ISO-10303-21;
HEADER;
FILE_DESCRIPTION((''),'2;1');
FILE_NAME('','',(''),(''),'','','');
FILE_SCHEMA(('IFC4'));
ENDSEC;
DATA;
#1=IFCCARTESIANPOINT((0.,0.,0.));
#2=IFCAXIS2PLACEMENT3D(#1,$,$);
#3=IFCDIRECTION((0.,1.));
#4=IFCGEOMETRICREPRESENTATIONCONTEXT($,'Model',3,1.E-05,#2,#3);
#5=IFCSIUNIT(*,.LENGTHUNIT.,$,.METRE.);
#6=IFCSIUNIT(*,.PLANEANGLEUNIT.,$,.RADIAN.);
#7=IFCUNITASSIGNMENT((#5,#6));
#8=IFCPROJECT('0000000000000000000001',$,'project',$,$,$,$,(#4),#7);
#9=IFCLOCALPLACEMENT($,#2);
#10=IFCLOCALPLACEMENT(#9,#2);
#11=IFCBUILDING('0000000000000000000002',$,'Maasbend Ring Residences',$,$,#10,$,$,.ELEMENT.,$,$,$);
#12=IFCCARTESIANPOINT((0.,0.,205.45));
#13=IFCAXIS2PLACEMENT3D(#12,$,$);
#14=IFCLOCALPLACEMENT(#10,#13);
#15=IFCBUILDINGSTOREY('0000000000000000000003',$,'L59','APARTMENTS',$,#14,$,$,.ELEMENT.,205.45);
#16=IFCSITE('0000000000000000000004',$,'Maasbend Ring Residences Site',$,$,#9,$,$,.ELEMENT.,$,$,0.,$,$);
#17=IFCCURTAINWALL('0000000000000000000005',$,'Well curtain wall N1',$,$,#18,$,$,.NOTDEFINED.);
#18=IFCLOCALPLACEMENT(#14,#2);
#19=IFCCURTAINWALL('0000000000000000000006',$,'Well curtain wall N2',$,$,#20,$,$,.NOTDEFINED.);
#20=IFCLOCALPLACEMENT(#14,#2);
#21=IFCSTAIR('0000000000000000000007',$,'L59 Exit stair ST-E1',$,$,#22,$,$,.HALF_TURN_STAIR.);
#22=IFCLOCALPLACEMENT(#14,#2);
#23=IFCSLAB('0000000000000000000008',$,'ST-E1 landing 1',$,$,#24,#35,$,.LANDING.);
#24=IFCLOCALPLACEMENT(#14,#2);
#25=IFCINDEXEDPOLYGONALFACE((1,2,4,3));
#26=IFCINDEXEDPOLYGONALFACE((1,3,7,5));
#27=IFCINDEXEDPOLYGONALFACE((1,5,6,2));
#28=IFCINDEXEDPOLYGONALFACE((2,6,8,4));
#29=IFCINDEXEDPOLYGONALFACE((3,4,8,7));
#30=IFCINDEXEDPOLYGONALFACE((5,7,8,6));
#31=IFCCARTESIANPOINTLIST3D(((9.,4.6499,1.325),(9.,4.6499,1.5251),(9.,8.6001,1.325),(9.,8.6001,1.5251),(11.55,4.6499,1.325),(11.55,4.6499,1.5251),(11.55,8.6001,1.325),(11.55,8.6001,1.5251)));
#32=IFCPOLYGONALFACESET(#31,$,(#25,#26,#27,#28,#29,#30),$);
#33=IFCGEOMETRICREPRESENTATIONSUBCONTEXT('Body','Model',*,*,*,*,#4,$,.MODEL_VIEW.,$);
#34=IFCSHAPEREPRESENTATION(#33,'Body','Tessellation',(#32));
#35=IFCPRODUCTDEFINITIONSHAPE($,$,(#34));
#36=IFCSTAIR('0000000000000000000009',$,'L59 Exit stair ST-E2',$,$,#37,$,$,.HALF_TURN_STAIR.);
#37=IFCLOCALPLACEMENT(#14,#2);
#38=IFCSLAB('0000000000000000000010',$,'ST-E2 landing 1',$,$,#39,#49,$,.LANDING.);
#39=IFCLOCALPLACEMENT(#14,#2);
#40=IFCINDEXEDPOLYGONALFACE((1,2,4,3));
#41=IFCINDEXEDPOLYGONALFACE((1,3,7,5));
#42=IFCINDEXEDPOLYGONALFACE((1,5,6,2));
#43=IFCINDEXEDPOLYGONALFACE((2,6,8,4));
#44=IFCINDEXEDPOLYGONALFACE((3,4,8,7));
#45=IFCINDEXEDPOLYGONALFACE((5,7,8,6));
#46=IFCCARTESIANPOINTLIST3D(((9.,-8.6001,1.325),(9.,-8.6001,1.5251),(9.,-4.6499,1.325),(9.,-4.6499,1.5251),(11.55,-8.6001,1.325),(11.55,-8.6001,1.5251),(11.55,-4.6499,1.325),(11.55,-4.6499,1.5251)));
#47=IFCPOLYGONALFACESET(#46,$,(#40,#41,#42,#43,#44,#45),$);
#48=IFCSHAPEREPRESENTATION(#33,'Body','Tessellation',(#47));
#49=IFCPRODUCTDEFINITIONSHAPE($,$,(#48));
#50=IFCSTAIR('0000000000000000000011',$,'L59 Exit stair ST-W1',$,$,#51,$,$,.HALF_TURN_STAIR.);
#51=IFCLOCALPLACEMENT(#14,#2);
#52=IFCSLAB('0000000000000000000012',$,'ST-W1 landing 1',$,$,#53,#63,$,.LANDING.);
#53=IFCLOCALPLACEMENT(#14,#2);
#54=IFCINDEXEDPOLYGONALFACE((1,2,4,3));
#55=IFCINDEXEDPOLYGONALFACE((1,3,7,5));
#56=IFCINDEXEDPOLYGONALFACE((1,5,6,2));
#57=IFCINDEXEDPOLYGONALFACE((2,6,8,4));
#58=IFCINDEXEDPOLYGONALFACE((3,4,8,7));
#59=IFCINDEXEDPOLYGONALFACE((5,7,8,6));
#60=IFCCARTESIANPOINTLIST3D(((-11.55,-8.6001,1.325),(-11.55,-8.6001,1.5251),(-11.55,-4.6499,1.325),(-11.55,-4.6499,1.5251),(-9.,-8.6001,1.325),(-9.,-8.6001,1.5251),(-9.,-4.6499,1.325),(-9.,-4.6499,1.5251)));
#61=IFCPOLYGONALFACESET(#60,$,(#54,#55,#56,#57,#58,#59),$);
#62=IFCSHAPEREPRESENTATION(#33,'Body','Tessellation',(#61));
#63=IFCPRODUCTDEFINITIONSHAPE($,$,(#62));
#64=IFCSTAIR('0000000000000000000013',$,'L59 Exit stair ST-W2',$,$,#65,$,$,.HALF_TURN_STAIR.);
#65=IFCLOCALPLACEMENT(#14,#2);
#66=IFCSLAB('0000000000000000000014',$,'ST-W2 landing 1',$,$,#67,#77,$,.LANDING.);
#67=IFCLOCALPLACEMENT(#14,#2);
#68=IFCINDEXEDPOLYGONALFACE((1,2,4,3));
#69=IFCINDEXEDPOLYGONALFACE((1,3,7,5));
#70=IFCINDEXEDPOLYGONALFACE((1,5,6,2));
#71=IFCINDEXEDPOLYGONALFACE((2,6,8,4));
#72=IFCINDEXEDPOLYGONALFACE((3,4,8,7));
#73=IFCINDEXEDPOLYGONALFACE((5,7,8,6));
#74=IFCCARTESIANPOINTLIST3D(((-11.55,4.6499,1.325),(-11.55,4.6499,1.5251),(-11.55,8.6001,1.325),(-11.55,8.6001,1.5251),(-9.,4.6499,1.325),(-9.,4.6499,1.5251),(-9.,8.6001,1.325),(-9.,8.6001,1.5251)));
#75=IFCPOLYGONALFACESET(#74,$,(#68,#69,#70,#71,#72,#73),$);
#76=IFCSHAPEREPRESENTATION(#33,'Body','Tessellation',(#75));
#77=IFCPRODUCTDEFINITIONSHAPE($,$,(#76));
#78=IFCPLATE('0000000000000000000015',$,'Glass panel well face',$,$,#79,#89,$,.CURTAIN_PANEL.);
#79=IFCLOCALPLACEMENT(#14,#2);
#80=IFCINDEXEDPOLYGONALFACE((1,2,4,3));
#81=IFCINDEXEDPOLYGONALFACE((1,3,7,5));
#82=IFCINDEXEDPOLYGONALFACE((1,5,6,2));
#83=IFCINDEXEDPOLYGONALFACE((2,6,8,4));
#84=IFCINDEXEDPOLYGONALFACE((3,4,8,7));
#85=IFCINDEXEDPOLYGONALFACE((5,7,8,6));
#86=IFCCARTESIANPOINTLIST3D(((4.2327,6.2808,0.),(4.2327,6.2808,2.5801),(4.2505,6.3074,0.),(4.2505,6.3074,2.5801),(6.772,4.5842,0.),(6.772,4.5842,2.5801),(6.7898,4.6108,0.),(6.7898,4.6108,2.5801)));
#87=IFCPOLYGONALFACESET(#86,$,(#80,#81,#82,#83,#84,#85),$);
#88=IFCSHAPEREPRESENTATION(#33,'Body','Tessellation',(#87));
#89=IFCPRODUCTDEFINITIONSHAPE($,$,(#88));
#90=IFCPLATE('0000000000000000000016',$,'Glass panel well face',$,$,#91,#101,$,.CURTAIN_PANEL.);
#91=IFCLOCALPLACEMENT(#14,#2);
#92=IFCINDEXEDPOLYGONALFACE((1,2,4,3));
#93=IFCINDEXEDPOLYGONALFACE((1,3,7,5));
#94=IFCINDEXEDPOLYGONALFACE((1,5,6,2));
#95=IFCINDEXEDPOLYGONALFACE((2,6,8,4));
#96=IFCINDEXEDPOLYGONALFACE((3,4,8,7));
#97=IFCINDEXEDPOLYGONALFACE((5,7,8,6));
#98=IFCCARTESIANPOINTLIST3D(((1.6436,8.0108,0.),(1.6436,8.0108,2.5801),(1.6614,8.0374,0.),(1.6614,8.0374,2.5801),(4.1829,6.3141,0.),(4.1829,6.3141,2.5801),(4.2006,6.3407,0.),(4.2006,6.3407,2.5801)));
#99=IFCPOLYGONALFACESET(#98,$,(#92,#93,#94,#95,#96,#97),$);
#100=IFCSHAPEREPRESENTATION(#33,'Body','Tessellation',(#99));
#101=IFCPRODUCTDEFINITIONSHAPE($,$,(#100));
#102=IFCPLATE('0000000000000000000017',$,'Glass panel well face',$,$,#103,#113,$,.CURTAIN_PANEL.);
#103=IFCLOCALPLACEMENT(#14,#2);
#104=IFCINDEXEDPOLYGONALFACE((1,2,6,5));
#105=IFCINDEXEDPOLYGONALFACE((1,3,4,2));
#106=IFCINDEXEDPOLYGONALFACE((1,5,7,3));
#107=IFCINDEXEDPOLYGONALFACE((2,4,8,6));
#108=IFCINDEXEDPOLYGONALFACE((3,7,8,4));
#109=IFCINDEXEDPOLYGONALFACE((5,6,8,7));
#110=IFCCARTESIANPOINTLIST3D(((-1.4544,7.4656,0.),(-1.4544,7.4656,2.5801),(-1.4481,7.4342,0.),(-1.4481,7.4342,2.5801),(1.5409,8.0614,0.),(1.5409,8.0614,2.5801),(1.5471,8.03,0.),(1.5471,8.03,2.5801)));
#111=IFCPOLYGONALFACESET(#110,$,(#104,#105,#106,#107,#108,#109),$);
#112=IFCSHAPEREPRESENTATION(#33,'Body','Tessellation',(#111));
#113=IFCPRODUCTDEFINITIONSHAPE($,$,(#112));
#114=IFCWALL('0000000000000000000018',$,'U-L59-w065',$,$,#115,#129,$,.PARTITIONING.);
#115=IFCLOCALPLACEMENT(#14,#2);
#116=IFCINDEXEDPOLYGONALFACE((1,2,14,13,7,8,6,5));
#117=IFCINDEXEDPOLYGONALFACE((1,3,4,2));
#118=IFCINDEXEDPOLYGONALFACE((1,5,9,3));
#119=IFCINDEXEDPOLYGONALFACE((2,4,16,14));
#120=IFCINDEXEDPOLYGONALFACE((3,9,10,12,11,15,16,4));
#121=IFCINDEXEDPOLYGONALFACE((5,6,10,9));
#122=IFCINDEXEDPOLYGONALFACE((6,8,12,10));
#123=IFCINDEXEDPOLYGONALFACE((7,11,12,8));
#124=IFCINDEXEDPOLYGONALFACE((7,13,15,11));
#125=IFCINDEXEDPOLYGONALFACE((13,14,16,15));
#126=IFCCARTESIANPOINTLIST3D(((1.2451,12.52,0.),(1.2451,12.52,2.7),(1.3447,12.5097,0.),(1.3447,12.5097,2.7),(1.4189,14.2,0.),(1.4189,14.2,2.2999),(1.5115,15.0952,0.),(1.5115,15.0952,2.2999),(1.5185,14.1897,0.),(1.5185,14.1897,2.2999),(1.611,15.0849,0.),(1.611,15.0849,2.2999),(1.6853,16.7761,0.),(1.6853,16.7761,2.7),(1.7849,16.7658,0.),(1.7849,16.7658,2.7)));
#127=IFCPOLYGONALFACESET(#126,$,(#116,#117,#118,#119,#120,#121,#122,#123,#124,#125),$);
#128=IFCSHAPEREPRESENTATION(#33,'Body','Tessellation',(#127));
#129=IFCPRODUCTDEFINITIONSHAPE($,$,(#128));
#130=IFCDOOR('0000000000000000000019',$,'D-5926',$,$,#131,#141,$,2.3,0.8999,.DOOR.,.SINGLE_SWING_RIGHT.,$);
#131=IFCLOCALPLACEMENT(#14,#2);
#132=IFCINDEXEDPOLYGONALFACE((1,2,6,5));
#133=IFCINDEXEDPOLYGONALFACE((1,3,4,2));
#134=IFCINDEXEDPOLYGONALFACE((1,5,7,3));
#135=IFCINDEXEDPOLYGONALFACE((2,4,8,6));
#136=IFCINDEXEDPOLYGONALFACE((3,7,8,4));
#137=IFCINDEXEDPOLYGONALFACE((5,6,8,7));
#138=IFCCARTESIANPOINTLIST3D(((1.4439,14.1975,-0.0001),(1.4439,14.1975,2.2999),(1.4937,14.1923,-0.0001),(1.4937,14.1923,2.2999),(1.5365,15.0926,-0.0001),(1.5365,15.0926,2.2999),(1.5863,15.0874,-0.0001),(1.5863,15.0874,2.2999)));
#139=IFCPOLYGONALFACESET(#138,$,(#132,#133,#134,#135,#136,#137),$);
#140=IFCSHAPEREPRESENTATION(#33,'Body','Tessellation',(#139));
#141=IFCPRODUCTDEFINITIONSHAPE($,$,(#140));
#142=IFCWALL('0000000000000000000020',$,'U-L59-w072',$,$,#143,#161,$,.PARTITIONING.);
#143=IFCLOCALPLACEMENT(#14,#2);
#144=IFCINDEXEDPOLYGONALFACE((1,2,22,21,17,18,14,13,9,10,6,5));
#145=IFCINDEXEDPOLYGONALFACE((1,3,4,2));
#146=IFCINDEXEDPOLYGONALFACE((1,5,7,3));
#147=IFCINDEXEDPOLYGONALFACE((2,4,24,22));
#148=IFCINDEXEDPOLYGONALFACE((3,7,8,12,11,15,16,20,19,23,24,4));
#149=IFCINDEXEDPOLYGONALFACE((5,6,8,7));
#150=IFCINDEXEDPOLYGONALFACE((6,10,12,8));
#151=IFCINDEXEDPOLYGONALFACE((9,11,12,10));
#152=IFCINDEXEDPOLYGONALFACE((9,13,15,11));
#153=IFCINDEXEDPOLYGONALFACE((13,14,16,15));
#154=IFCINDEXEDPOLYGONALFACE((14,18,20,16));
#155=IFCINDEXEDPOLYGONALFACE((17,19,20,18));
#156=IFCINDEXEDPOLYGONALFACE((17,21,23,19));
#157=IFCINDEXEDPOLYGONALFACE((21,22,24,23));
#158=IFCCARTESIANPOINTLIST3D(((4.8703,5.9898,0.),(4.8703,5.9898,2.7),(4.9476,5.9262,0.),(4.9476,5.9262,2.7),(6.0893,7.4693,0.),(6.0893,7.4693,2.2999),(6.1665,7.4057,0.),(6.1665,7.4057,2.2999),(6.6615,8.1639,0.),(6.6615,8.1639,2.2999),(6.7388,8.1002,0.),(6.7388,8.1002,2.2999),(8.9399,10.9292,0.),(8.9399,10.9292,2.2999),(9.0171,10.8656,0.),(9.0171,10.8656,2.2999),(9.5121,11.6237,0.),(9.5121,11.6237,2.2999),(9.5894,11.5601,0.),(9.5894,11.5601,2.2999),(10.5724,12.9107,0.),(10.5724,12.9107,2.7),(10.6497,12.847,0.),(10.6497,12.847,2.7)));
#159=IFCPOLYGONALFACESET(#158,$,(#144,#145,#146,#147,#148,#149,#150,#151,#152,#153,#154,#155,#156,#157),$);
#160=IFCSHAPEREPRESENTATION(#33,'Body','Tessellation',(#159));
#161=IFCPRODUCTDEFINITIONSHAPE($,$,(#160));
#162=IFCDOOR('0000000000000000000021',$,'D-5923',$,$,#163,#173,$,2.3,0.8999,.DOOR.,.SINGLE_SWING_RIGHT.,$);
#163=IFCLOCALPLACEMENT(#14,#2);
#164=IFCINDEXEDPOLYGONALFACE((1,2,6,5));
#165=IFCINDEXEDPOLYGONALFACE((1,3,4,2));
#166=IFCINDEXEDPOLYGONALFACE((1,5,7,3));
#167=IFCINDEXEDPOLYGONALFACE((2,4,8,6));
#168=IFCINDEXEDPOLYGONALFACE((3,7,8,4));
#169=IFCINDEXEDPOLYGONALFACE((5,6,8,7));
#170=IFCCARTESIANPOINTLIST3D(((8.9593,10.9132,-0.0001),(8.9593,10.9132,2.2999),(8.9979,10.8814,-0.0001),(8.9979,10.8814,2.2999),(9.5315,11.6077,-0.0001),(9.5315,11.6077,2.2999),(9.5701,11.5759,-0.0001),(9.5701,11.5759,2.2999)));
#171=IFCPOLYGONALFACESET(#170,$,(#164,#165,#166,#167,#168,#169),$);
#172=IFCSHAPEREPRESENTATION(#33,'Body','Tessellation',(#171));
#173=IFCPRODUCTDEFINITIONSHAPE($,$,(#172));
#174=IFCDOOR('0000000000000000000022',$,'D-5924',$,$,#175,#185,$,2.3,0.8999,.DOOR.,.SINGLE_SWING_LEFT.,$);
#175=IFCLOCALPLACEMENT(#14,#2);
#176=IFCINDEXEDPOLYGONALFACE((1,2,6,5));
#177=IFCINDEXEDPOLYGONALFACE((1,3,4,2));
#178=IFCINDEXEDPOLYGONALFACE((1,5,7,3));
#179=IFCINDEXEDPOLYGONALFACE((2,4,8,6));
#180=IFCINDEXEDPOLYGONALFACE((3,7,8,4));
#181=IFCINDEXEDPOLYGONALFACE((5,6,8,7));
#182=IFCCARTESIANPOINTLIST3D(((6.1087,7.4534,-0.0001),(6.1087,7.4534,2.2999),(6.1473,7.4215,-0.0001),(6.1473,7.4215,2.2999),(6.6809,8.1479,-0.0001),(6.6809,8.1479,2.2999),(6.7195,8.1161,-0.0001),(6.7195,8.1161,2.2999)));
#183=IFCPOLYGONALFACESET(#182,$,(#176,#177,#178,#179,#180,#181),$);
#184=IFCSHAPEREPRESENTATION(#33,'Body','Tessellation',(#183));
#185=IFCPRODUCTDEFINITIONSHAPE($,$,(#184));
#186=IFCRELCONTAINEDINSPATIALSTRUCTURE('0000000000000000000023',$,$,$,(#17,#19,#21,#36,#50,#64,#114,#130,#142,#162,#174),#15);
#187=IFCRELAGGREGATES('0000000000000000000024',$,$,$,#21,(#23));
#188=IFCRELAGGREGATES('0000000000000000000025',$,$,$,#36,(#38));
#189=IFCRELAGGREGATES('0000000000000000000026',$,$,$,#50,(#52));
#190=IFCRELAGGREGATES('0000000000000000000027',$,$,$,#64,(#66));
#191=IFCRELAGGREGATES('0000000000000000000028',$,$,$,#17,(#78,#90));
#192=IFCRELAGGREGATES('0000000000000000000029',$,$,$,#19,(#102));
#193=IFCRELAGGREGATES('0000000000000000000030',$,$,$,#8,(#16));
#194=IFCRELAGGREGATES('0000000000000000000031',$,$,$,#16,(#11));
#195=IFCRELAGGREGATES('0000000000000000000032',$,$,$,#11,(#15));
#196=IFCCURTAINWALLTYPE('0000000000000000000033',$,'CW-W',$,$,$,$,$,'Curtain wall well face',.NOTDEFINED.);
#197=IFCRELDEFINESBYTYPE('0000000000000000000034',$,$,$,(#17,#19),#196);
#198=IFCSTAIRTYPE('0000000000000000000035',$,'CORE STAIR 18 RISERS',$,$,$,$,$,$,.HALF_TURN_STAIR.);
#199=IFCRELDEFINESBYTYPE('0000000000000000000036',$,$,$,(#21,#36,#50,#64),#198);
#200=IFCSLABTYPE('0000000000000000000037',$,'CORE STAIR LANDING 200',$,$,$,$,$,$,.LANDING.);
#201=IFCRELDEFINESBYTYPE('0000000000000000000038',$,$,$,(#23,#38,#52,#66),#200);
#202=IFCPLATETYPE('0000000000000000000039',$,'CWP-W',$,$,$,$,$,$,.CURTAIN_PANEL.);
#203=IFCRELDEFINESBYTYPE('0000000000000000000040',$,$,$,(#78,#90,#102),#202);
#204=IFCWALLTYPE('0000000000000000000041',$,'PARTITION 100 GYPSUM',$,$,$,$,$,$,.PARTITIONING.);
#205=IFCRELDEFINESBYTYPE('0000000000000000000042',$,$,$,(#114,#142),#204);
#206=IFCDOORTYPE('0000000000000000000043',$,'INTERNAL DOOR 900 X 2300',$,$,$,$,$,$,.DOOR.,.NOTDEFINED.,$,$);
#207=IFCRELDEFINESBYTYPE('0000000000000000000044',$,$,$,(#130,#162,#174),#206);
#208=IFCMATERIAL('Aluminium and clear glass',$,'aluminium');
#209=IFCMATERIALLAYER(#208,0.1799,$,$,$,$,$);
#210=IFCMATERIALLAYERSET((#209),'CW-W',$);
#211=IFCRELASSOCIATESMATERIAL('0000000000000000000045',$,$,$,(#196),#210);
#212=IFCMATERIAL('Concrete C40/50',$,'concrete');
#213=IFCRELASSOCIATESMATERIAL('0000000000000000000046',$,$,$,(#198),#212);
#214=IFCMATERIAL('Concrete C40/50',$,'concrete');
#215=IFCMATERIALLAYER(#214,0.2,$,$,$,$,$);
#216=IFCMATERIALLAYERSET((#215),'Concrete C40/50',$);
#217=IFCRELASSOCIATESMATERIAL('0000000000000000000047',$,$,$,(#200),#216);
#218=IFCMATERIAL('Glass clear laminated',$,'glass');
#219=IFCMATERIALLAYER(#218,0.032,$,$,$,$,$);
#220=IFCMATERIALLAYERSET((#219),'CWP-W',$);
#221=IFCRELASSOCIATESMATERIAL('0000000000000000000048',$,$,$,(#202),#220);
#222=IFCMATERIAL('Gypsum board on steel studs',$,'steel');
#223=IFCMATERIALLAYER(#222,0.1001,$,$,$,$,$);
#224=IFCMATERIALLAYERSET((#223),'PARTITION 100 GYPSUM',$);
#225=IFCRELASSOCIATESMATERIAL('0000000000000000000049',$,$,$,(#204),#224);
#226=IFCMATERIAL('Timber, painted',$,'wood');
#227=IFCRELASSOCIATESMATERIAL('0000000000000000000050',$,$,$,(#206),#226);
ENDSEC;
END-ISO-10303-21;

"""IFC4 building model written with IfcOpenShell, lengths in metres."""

from ifc_helpers import new_model, si_unit, direction, frame, frame_2d, origin, origin_2d, place, context, subcontext, project, spatial, polyline, rectangle, outline, extrude, material, layer, layer_set, type_object, element, fill, aggregate, save


model = new_model("IFC4")

# Units and contexts
model_context = context("Model", 3, precision=1e-05, world=origin(), true_north=direction((0.0, 1.0)))
body_context = subcontext(model_context, "Body", "Model", "MODEL_VIEW")
ifc_project = project(units=[si_unit("LENGTHUNIT", "METRE"), si_unit("PLANEANGLEUNIT", "RADIAN")], contexts=[model_context])

# Site, building, storey
site_placement = place(None, origin())
site = spatial("IfcSite", under=ifc_project, at=site_placement, Name="Maasbend Ring Residences Site", CompositionType="ELEMENT", RefElevation=0.0)
building_placement = place(site_placement, origin())
building = spatial("IfcBuilding", under=site, at=building_placement, Name="Maasbend Ring Residences", CompositionType="ELEMENT")
storey_placement = place(building_placement, frame((0.0, 0.0, 205.45)))
storey = spatial("IfcBuildingStorey", under=building, at=storey_placement, Name="L59", Description="APARTMENTS", CompositionType="ELEMENT", Elevation=205.45)

# Curtain wall
ifc_material_1 = material(Name="Aluminium and clear glass", Category="aluminium")
ifc_layer_1 = layer(ifc_material_1, 0.1799)
ifc_layer_set_1 = layer_set([ifc_layer_1], Name="CW-W")
curtain_wall_type = type_object("IfcCurtainWallType", Name="CW-W", ElementType="Curtain wall well face", PredefinedType="NOTDEFINED", material=ifc_layer_set_1)
curtain_wall_1_placement = place(storey_placement, origin())
curtain_wall_1 = element("IfcCurtainWall", 1, at=curtain_wall_1_placement, inside=storey, type_object=curtain_wall_type, Name="Well curtain wall N1", PredefinedType="NOTDEFINED")

# Curtain wall
curtain_wall_2_placement = place(storey_placement, origin())
curtain_wall_2 = element("IfcCurtainWall", 2, at=curtain_wall_2_placement, inside=storey, type_object=curtain_wall_type, Name="Well curtain wall N2", PredefinedType="NOTDEFINED")

# Stairs, slabs
ifc_material_2 = material(Name="Concrete C40/50", Category="concrete")
stair_type = type_object("IfcStairType", Name="CORE STAIR 18 RISERS", PredefinedType="HALF_TURN_STAIR", material=ifc_material_2)
stair_1_placement = place(storey_placement, origin())
stair_1 = element("IfcStair", 3, at=stair_1_placement, inside=storey, type_object=stair_type, Name="L59 Exit stair ST-E1", PredefinedType="HALF_TURN_STAIR")
ifc_material_3 = material(Name="Concrete C40/50", Category="concrete")
ifc_layer_2 = layer(ifc_material_3, 0.2)
ifc_layer_set_2 = layer_set([ifc_layer_2], Name="Concrete C40/50")
slab_type = type_object("IfcSlabType", Name="CORE STAIR LANDING 200", PredefinedType="LANDING", material=ifc_layer_set_2)
slab_1_placement = place(storey_placement, frame((0.0, 0.0, 1.325)))
slab_1 = element("IfcSlab", 4, at=slab_1_placement, type_object=slab_type, Name="ST-E1 landing 1", PredefinedType="LANDING", context=body_context, shape_type="SweptSolid", body=[
    extrude(outline(polyline([(11.55, 8.6001), (9.0, 8.6001), (9.0, 4.6499), (11.55, 4.6499), (11.55, 8.6001)])), origin(), (0.0, 0.0, 1.0), 0.2002),
])
aggregate(stair_1, [slab_1])
stair_2_placement = place(storey_placement, origin())
stair_2 = element("IfcStair", 5, at=stair_2_placement, inside=storey, type_object=stair_type, Name="L59 Exit stair ST-E2", PredefinedType="HALF_TURN_STAIR")
slab_2_placement = place(storey_placement, frame((0.0, 0.0, 1.325)))
slab_2 = element("IfcSlab", 6, at=slab_2_placement, type_object=slab_type, Name="ST-E2 landing 1", PredefinedType="LANDING", context=body_context, shape_type="SweptSolid", body=[
    extrude(outline(polyline([(11.55, -4.6499), (9.0, -4.6499), (9.0, -8.6001), (11.55, -8.6001), (11.55, -4.6499)])), origin(), (0.0, 0.0, 1.0), 0.2002),
])
aggregate(stair_2, [slab_2])
stair_3_placement = place(storey_placement, origin())
stair_3 = element("IfcStair", 7, at=stair_3_placement, inside=storey, type_object=stair_type, Name="L59 Exit stair ST-W1", PredefinedType="HALF_TURN_STAIR")
slab_3_placement = place(storey_placement, frame((0.0, 0.0, 1.325)))
slab_3 = element("IfcSlab", 8, at=slab_3_placement, type_object=slab_type, Name="ST-W1 landing 1", PredefinedType="LANDING", context=body_context, shape_type="SweptSolid", body=[
    extrude(outline(polyline([(-11.55, -8.6001), (-9.0, -8.6001), (-9.0, -4.6499), (-11.55, -4.6499), (-11.55, -8.6001)])), origin(), (0.0, 0.0, 1.0), 0.2002),
])
aggregate(stair_3, [slab_3])
stair_4_placement = place(storey_placement, origin())
stair_4 = element("IfcStair", 9, at=stair_4_placement, inside=storey, type_object=stair_type, Name="L59 Exit stair ST-W2", PredefinedType="HALF_TURN_STAIR")
slab_4_placement = place(storey_placement, frame((0.0, 0.0, 1.325)))
slab_4 = element("IfcSlab", 10, at=slab_4_placement, type_object=slab_type, Name="ST-W2 landing 1", PredefinedType="LANDING", context=body_context, shape_type="SweptSolid", body=[
    extrude(outline(polyline([(-11.55, 4.6499), (-9.0, 4.6499), (-9.0, 8.6001), (-11.55, 8.6001), (-11.55, 4.6499)])), origin(), (0.0, 0.0, 1.0), 0.2002),
])
aggregate(stair_4, [slab_4])

# Plates
ifc_material_4 = material(Name="Glass clear laminated", Category="glass")
ifc_layer_3 = layer(ifc_material_4, 0.032)
ifc_layer_set_3 = layer_set([ifc_layer_3], Name="CWP-W")
plate_type = type_object("IfcPlateType", Name="CWP-W", PredefinedType="CURTAIN_PANEL", material=ifc_layer_set_3)
plate_1_placement = place(storey_placement, frame((5.5112, 5.4458, 0.0), z_axis=(0.0, 0.0, 1.0), x_axis=(-0.83147, 0.55557, 0.0)))
plate_1 = element("IfcPlate", 11, at=plate_1_placement, type_object=plate_type, Name="Glass panel well face", PredefinedType="CURTAIN_PANEL", context=body_context, shape_type="SweptSolid", body=[
    extrude(rectangle(XDim=3.054, YDim=0.032, at=origin_2d()), origin(), (0.0, 0.0, 1.0), 2.5801),
])
plate_2_placement = place(storey_placement, frame((2.9221, 7.1758, 0.0), z_axis=(0.0, 0.0, 1.0), x_axis=(-0.83147, 0.55557, 0.0)))
plate_2 = element("IfcPlate", 12, at=plate_2_placement, type_object=plate_type, Name="Glass panel well face", PredefinedType="CURTAIN_PANEL", context=body_context, shape_type="SweptSolid", body=[
    extrude(rectangle(XDim=3.054, YDim=0.032, at=origin_2d()), origin(), (0.0, 0.0, 1.0), 2.5801),
])
aggregate(curtain_wall_1, [plate_1, plate_2])
plate_3_placement = place(storey_placement, frame((0.0464, 7.7478, 0.0), z_axis=(0.0, 0.0, 1.0), x_axis=(-0.980785, -0.19509, 0.0)))
plate_3 = element("IfcPlate", 13, at=plate_3_placement, type_object=plate_type, Name="Glass panel well face", PredefinedType="CURTAIN_PANEL", context=body_context, shape_type="SweptSolid", body=[
    extrude(rectangle(XDim=3.054, YDim=0.032, at=origin_2d()), origin(), (0.0, 0.0, 1.0), 2.5801),
])
aggregate(curtain_wall_2, [plate_3])

# Wall, opening, door
ifc_material_5 = material(Name="Gypsum board on steel studs", Category="steel")
ifc_layer_4 = layer(ifc_material_5, 0.1001)
ifc_layer_set_4 = layer_set([ifc_layer_4], Name="PARTITION 100 GYPSUM")
wall_type_1 = type_object("IfcWallType", Name="PARTITION 100 GYPSUM", PredefinedType="PARTITIONING", material=ifc_layer_set_4)
wall_1_placement = place(storey_placement, frame((1.2949, 12.5149, 0.0), z_axis=(0.0, 0.0, 1.0), x_axis=(0.102876, 0.994694, 0.0)))
wall_1 = element("IfcWall", 14, at=wall_1_placement, inside=storey, type_object=wall_type_1, Name="U-L59-w065", PredefinedType="PARTITIONING", context=body_context, shape_type="SweptSolid", body=[
    extrude(rectangle(XDim=4.2788, YDim=0.1001, at=frame_2d((2.1394, 0.0))), origin(), (0.0, 0.0, 1.0), 2.7),
])
opening_1_placement = place(wall_1_placement, frame((1.689, 0.0, 0.0)))
opening_1 = element("IfcOpeningElement", 15, at=opening_1_placement, cuts=wall_1, PredefinedType="OPENING", context=body_context, shape_type="SweptSolid", body=[
    extrude(rectangle(XDim=0.8999, YDim=2.3, at=frame_2d((0.45, 1.1499))), frame((0.0, 0.0601, 0.0), z_axis=(0.0, -1.0, 0.0), x_axis=(1.0, 0.0, 0.0)), (0.0, 0.0, 1.0), 0.1201),
])
ifc_material_6 = material(Name="Timber, painted", Category="wood")
door_type = type_object("IfcDoorType", Name="INTERNAL DOOR 900 X 2300", OperationType="NOTDEFINED", PredefinedType="DOOR", material=ifc_material_6)
door_1_placement = place(opening_1_placement, origin())
door_1 = element("IfcDoor", 16, at=door_1_placement, inside=storey, type_object=door_type, Name="D-5926", OperationType="SINGLE_SWING_RIGHT", OverallHeight=2.3, OverallWidth=0.8999, PredefinedType="DOOR", context=body_context, shape_type="SweptSolid", body=[
    extrude(rectangle(XDim=0.8999, YDim=2.3, at=frame_2d((0.45, 1.1499))), frame((0.0, 0.0249, 0.0), z_axis=(0.0, -1.0, 0.0), x_axis=(1.0, 0.0, 0.0)), (0.0, 0.0, 1.0), 0.05),
])
fill(opening_1, door_1)

# Wall, openings, doors
wall_2_placement = place(storey_placement, frame((4.9089, 5.958, 0.0), z_axis=(0.0, 0.0, 1.0), x_axis=(0.635879, 0.771789, 0.0)))
wall_2 = element("IfcWall", 17, at=wall_2_placement, inside=storey, type_object=wall_type_1, Name="U-L59-w072", PredefinedType="PARTITIONING", context=body_context, shape_type="SweptSolid", body=[
    extrude(rectangle(XDim=8.9673, YDim=0.1001, at=frame_2d((4.4836, 0.0))), origin(), (0.0, 0.0, 1.0), 2.7),
])
opening_2_placement = place(wall_2_placement, frame((6.3999, 0.0, 0.0)))
opening_2 = element("IfcOpeningElement", 18, at=opening_2_placement, cuts=wall_2, PredefinedType="OPENING", context=body_context, shape_type="SweptSolid", body=[
    extrude(rectangle(XDim=0.8999, YDim=2.3, at=frame_2d((0.45, 1.1499))), frame((0.0, 0.0601, 0.0), z_axis=(0.0, -1.0, 0.0), x_axis=(1.0, 0.0, 0.0)), (0.0, 0.0, 1.0), 0.1201),
])
opening_3_placement = place(wall_2_placement, frame((1.917, 0.0, 0.0)))
opening_3 = element("IfcOpeningElement", 19, at=opening_3_placement, cuts=wall_2, PredefinedType="OPENING", context=body_context, shape_type="SweptSolid", body=[
    extrude(rectangle(XDim=0.8999, YDim=2.3, at=frame_2d((0.45, 1.1499))), frame((0.0, 0.0601, 0.0), z_axis=(0.0, -1.0, 0.0), x_axis=(1.0, 0.0, 0.0)), (0.0, 0.0, 1.0), 0.1201),
])
door_2_placement = place(opening_2_placement, origin())
door_2 = element("IfcDoor", 20, at=door_2_placement, inside=storey, type_object=door_type, Name="D-5923", OperationType="SINGLE_SWING_RIGHT", OverallHeight=2.3, OverallWidth=0.8999, PredefinedType="DOOR", context=body_context, shape_type="SweptSolid", body=[
    extrude(rectangle(XDim=0.8999, YDim=2.3, at=frame_2d((0.45, 1.1499))), frame((0.0, 0.0249, 0.0), z_axis=(0.0, -1.0, 0.0), x_axis=(1.0, 0.0, 0.0)), (0.0, 0.0, 1.0), 0.05),
])
fill(opening_2, door_2)
door_3_placement = place(opening_3_placement, origin())
door_3 = element("IfcDoor", 21, at=door_3_placement, inside=storey, type_object=door_type, Name="D-5924", OperationType="SINGLE_SWING_LEFT", OverallHeight=2.3, OverallWidth=0.8999, PredefinedType="DOOR", context=body_context, shape_type="SweptSolid", body=[
    extrude(rectangle(XDim=0.8999, YDim=2.3, at=frame_2d((0.45, 1.1499))), frame((0.0, 0.0249, 0.0), z_axis=(0.0, -1.0, 0.0), x_axis=(1.0, 0.0, 0.0)), (0.0, 0.0, 1.0), 0.05),
])
fill(opening_3, door_3)

save(model, "model.ifc")
